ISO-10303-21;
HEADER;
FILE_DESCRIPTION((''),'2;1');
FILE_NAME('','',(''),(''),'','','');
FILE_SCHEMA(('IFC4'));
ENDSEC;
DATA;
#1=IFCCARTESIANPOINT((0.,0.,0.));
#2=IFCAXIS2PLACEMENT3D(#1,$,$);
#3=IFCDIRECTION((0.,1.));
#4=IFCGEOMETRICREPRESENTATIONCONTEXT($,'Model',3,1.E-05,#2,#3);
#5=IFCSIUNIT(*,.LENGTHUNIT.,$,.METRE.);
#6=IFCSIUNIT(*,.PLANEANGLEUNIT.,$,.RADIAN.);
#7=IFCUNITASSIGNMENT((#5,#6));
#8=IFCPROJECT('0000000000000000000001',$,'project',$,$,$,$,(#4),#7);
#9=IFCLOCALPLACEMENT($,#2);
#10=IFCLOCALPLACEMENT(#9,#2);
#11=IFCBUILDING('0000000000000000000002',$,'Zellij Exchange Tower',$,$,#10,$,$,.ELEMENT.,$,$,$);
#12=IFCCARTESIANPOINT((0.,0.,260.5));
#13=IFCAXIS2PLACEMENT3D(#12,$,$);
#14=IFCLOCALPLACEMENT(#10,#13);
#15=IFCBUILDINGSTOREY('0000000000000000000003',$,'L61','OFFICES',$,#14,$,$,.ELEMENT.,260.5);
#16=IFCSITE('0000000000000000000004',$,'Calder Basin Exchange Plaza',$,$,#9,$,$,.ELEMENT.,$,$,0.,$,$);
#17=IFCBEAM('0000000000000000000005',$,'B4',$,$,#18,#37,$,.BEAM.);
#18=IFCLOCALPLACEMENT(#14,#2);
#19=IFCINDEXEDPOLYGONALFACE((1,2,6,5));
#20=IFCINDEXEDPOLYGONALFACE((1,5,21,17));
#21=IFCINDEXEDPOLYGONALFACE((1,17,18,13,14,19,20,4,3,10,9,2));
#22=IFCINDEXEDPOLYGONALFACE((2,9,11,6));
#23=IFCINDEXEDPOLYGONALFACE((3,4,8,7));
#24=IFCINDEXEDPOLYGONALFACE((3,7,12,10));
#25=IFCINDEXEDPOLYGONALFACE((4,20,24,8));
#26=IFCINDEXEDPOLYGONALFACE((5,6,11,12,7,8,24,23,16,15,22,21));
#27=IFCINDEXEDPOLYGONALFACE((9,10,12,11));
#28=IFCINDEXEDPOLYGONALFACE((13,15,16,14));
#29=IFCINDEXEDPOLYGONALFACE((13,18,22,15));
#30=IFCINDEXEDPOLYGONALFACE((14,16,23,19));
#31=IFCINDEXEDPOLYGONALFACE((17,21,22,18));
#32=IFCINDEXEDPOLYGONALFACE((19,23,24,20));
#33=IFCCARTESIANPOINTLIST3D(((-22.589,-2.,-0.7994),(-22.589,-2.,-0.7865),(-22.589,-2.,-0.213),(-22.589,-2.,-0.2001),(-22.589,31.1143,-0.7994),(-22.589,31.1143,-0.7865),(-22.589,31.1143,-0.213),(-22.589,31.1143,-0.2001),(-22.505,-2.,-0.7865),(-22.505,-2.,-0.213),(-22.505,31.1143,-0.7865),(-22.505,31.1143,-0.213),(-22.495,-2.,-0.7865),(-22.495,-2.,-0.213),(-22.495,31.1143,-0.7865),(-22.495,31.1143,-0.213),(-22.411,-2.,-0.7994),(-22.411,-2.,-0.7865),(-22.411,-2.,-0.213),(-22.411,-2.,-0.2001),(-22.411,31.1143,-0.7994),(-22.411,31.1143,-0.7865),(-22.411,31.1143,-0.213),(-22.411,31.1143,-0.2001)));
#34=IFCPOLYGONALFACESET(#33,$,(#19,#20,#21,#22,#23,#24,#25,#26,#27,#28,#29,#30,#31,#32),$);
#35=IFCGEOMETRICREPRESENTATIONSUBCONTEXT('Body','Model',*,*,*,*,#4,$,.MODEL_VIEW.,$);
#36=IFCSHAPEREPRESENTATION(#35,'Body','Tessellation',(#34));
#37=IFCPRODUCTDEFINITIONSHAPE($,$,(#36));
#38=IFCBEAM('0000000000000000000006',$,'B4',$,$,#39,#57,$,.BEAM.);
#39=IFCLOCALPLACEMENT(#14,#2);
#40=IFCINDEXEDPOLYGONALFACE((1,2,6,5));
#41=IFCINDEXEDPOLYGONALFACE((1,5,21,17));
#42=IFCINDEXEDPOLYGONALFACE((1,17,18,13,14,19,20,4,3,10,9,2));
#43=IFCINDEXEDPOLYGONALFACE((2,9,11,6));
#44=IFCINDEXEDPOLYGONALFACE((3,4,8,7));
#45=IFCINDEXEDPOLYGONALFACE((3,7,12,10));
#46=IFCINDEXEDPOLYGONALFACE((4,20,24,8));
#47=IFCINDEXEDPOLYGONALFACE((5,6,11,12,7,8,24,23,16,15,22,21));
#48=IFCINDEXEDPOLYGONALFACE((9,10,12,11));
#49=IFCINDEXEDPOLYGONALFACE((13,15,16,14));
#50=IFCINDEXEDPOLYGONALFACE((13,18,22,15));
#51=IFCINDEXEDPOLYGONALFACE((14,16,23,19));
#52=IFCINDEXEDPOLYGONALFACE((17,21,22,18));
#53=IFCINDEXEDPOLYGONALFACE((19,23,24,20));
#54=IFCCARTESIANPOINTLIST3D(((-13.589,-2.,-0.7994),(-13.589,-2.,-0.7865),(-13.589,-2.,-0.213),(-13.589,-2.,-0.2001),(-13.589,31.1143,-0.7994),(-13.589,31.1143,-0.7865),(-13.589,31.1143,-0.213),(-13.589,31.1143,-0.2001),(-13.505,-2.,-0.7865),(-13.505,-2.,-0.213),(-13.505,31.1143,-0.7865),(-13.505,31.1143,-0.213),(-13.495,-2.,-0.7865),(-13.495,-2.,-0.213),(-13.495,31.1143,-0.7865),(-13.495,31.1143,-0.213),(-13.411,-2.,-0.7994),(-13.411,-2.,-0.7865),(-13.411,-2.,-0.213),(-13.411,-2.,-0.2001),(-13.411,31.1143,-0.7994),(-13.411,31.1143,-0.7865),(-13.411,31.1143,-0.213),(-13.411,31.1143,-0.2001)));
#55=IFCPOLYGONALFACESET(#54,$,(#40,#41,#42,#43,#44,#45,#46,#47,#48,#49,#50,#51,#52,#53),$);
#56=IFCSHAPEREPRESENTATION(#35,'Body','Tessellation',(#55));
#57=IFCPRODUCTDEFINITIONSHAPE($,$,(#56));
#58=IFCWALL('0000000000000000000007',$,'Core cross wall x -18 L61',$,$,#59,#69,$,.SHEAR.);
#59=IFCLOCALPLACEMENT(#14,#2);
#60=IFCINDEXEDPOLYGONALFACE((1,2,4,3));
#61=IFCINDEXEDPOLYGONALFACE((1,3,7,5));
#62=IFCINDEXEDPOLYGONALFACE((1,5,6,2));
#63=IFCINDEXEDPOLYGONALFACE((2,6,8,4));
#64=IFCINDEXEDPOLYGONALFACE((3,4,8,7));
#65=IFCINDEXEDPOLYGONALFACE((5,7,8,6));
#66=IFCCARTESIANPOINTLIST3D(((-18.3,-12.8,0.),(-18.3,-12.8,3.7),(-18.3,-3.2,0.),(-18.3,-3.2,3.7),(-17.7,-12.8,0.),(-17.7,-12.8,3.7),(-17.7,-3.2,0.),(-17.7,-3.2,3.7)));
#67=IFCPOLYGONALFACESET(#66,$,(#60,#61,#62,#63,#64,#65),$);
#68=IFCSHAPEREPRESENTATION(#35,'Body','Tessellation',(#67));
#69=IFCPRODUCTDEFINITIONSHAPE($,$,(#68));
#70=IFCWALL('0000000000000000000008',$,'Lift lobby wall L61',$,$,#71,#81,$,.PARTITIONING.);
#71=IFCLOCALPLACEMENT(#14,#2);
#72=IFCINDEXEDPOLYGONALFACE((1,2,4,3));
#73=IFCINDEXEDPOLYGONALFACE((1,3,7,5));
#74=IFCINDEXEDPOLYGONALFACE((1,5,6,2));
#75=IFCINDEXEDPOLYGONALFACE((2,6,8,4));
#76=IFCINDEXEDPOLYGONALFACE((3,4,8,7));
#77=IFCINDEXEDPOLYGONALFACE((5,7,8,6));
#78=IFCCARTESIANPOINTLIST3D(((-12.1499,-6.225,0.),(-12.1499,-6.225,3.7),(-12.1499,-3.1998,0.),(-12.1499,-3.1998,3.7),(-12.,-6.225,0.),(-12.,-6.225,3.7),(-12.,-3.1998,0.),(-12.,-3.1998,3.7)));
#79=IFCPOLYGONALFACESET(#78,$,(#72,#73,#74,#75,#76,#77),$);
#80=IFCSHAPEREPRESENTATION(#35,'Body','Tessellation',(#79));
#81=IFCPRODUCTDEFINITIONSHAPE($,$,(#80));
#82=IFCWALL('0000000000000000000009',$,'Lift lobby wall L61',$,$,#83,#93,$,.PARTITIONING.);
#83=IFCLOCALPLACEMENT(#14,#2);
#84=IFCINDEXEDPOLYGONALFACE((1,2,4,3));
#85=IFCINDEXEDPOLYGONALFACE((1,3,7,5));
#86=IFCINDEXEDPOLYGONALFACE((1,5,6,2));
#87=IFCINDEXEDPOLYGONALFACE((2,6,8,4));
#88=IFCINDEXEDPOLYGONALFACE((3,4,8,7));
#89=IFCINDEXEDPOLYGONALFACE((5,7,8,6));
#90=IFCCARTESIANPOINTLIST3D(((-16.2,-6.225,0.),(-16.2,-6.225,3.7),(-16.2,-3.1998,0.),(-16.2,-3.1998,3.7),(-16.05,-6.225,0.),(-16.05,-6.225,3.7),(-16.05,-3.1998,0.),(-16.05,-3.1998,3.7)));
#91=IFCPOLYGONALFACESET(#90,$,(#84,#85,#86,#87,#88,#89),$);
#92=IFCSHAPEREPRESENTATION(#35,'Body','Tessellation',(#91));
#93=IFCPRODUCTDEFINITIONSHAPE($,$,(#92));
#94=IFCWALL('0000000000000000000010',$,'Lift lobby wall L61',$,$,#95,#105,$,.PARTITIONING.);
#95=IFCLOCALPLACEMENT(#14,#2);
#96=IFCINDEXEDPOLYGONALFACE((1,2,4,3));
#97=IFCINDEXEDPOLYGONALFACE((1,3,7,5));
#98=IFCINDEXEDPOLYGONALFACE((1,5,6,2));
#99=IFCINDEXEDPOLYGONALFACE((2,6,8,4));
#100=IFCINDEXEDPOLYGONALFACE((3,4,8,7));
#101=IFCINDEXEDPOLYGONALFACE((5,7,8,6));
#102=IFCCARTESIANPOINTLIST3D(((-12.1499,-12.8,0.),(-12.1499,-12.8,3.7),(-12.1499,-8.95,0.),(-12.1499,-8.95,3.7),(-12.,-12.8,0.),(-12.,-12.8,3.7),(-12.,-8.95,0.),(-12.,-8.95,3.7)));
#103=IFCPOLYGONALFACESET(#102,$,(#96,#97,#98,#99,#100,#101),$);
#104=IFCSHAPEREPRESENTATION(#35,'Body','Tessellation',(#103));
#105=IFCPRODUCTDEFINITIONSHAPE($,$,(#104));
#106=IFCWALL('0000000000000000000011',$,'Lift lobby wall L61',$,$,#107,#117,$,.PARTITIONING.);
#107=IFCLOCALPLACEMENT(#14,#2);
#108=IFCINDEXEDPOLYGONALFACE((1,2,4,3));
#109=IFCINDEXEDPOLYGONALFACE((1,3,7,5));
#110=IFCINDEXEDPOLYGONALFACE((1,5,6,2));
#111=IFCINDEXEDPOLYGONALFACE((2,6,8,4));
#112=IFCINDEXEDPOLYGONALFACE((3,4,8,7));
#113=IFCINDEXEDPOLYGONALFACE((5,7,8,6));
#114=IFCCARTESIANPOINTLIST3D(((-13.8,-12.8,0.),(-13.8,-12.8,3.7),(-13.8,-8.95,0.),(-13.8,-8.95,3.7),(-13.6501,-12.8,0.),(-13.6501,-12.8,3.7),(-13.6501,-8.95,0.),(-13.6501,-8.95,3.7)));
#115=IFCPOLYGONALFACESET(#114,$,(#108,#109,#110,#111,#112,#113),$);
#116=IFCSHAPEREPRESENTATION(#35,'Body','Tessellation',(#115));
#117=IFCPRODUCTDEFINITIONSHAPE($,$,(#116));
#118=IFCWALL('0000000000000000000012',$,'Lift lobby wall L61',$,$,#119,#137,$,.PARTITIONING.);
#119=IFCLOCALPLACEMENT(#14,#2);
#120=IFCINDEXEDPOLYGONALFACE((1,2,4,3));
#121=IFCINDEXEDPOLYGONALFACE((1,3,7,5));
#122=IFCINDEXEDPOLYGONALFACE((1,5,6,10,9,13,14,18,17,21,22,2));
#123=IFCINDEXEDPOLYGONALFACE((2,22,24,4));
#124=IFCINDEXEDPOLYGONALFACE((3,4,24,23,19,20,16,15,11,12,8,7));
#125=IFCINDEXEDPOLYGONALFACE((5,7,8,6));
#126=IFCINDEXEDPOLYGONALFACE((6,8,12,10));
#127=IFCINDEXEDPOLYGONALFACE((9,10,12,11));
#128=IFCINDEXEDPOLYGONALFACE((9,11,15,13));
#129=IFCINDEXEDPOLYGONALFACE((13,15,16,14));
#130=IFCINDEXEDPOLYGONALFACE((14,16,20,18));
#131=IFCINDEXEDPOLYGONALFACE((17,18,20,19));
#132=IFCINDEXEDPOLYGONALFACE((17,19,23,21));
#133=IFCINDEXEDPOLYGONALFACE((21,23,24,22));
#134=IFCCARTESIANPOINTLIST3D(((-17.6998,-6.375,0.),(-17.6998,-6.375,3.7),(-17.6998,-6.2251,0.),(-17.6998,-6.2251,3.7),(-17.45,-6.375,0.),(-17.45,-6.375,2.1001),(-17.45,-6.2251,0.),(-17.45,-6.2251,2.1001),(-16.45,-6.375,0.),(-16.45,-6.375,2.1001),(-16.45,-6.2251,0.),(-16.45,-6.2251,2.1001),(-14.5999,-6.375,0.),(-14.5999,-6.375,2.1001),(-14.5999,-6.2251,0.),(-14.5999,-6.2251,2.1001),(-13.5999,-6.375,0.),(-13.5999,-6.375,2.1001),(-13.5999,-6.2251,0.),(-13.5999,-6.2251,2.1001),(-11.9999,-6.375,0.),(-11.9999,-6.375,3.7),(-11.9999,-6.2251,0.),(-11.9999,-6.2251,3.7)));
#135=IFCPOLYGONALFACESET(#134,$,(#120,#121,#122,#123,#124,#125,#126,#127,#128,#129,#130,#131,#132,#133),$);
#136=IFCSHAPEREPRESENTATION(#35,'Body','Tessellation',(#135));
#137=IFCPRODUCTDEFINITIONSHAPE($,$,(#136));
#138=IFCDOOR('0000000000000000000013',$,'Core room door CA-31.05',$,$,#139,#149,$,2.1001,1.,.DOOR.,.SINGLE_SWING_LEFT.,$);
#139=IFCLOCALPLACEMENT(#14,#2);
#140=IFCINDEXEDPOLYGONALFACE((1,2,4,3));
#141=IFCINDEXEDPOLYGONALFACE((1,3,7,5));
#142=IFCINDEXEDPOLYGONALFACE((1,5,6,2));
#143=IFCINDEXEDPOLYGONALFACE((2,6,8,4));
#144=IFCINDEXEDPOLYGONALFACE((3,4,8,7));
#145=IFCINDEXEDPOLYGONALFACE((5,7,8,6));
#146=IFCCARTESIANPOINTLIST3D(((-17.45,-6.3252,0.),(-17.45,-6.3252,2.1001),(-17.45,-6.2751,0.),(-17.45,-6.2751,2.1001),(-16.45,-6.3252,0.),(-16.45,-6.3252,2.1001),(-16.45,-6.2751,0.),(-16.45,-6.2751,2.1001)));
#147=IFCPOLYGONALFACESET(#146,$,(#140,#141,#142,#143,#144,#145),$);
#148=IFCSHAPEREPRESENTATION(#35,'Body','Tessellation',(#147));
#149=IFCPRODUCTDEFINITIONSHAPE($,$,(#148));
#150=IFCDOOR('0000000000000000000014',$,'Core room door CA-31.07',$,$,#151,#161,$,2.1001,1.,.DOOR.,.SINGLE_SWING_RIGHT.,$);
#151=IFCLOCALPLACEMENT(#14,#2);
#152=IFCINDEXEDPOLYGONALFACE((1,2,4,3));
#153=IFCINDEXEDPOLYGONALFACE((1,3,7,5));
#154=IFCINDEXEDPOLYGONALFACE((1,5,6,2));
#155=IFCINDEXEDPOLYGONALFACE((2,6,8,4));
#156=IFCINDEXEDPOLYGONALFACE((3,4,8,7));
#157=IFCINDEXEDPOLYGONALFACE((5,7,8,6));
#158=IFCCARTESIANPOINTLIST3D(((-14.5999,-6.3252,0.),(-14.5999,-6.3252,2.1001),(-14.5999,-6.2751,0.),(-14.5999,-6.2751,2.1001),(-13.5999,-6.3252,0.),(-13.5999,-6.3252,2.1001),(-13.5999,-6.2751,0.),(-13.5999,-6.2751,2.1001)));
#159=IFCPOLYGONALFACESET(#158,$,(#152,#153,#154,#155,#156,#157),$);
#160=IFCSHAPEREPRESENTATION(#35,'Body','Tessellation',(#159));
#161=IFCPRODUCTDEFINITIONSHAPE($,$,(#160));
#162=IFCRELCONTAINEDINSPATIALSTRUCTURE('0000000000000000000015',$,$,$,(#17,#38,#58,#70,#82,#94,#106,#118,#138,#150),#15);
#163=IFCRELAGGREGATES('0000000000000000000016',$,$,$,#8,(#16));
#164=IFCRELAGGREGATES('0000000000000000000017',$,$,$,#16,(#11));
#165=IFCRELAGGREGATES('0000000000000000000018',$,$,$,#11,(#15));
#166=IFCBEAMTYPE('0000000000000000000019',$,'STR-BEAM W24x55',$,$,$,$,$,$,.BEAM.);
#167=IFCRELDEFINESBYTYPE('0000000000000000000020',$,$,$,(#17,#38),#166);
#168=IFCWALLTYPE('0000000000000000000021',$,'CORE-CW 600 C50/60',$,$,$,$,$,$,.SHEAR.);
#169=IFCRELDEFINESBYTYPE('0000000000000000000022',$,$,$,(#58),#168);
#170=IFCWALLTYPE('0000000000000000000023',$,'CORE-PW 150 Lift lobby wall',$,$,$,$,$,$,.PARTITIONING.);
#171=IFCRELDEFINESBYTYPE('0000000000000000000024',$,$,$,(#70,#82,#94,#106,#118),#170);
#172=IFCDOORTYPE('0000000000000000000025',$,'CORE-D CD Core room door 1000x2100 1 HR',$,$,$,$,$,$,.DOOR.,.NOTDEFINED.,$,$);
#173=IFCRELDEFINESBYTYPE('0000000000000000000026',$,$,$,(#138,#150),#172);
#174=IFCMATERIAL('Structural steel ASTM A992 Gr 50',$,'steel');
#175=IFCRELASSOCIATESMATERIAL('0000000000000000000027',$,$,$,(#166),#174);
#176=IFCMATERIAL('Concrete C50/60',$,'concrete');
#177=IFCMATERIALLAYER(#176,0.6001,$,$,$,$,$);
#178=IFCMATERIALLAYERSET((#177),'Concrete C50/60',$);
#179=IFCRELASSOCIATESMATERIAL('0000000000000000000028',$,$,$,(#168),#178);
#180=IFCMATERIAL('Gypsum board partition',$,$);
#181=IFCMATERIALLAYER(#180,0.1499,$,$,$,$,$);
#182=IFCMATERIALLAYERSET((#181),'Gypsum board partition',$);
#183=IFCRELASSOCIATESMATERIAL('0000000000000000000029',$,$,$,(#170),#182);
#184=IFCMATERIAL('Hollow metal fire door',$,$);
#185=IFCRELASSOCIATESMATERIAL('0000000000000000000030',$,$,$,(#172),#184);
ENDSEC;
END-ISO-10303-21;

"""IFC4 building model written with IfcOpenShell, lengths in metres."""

from ifc_helpers import new_model, si_unit, direction, frame, frame_2d, origin, origin_2d, place, context, subcontext, project, spatial, rectangle, i_section, extrude, material, layer, layer_set, material_profile, profile_set, type_object, element, fill, save


model = new_model("IFC4")

# Units and contexts
model_context = context("Model", 3, precision=1e-05, world=origin(), true_north=direction((0.0, 1.0)))
body_context = subcontext(model_context, "Body", "Model", "MODEL_VIEW")
ifc_project = project(units=[si_unit("LENGTHUNIT", "METRE"), si_unit("PLANEANGLEUNIT", "RADIAN")], contexts=[model_context])

# Site, building, storey
site_placement = place(None, origin())
site = spatial("IfcSite", under=ifc_project, at=site_placement, Name="Calder Basin Exchange Plaza", CompositionType="ELEMENT", RefElevation=0.0)
building_placement = place(site_placement, origin())
building = spatial("IfcBuilding", under=site, at=building_placement, Name="Zellij Exchange Tower", CompositionType="ELEMENT")
storey_placement = place(building_placement, frame((0.0, 0.0, 260.5)))
storey = spatial("IfcBuildingStorey", under=building, at=storey_placement, Name="L61", Description="OFFICES", CompositionType="ELEMENT", Elevation=260.5)

# Beams
ifc_material_1 = material(Name="Structural steel ASTM A992 Gr 50", Category="steel")
ifc_material_profile = material_profile(ifc_material_1, i_section(OverallWidth=0.178, OverallDepth=0.5994, WebThickness=0.01, FlangeThickness=0.0129, at=origin_2d()), Name="W24x55")
ifc_profile_set = profile_set([ifc_material_profile], Name="Structural steel ASTM A992 Gr 50")
beam_type = type_object("IfcBeamType", Name="STR-BEAM W24x55", PredefinedType="BEAM", material=ifc_profile_set)
for number, where, z_axis, x_axis, name in (
    (1, (-22.5, -2.0, -0.4998), (0.0, 1.0, 0.0), (-1.0, 0.0, 0.0), "B4"),
    (2, (-13.5, -2.0, -0.4998), (0.0, 1.0, 0.0), (-1.0, 0.0, 0.0), "B4"),
):
    element("IfcBeam", number, at=place(storey_placement, frame(where, z_axis=z_axis, x_axis=x_axis)), inside=storey, type_object=beam_type, Name=name, PredefinedType="BEAM", context=body_context, shape_type="SweptSolid", body=[
        extrude(i_section(OverallWidth=0.178, OverallDepth=0.5994, WebThickness=0.01, FlangeThickness=0.0129, at=origin_2d()), origin(), (0.0, 0.0, 1.0), 33.1143),
    ])

# Walls
ifc_material_2 = material(Name="Concrete C50/60", Category="concrete")
ifc_layer_1 = layer(ifc_material_2, 0.6001)
ifc_layer_set_1 = layer_set([ifc_layer_1], Name="Concrete C50/60")
wall_type_1 = type_object("IfcWallType", Name="CORE-CW 600 C50/60", PredefinedType="SHEAR", material=ifc_layer_set_1)
wall_1_placement = place(storey_placement, frame((-18.0, -12.8, 0.0), z_axis=(0.0, 0.0, 1.0), x_axis=(0.0, 1.0, 0.0)))
element("IfcWall", 3, at=wall_1_placement, inside=storey, type_object=wall_type_1, Name="Core cross wall x -18 L61", PredefinedType="SHEAR", context=body_context, shape_type="SweptSolid", body=[
    extrude(rectangle(XDim=9.6001, YDim=0.6001, at=frame_2d((4.8, 0.0))), origin(), (0.0, 0.0, 1.0), 3.7),
])
ifc_material_3 = material(Name="Gypsum board partition")
ifc_layer_2 = layer(ifc_material_3, 0.1499)
ifc_layer_set_2 = layer_set([ifc_layer_2], Name="Gypsum board partition")
wall_type_2 = type_object("IfcWallType", Name="CORE-PW 150 Lift lobby wall", PredefinedType="PARTITIONING", material=ifc_layer_set_2)
for number, where, z_axis, x_axis, name in (
    (4, (-12.075, -6.2251, 0.0), (0.0, 0.0, 1.0), (0.0, 1.0, 0.0), "Lift lobby wall L61"),
    (5, (-16.125, -6.2251, 0.0), (0.0, 0.0, 1.0), (0.0, 1.0, 0.0), "Lift lobby wall L61"),
):
    element("IfcWall", number, at=place(storey_placement, frame(where, z_axis=z_axis, x_axis=x_axis)), inside=storey, type_object=wall_type_2, Name=name, PredefinedType="PARTITIONING", context=body_context, shape_type="SweptSolid", body=[
        extrude(rectangle(XDim=3.0251, YDim=0.1499, at=frame_2d((1.5127, 0.0))), origin(), (0.0, 0.0, 1.0), 3.7),
    ])
for number, where, z_axis, x_axis, name in (
    (6, (-12.075, -12.8, 0.0), (0.0, 0.0, 1.0), (0.0, 1.0, 0.0), "Lift lobby wall L61"),
    (7, (-13.7251, -12.8, 0.0), (0.0, 0.0, 1.0), (0.0, 1.0, 0.0), "Lift lobby wall L61"),
):
    element("IfcWall", number, at=place(storey_placement, frame(where, z_axis=z_axis, x_axis=x_axis)), inside=storey, type_object=wall_type_2, Name=name, PredefinedType="PARTITIONING", context=body_context, shape_type="SweptSolid", body=[
        extrude(rectangle(XDim=3.8501, YDim=0.1499, at=frame_2d((1.925, 0.0))), origin(), (0.0, 0.0, 1.0), 3.7),
    ])

# Wall, openings, doors
wall_2_placement = place(storey_placement, frame((-17.7, -6.3, 0.0), z_axis=(0.0, 0.0, 1.0), x_axis=(1.0, 0.0, 0.0)))
wall_2 = element("IfcWall", 8, at=wall_2_placement, inside=storey, type_object=wall_type_2, Name="Lift lobby wall L61", PredefinedType="PARTITIONING", context=body_context, shape_type="SweptSolid", body=[
    extrude(rectangle(XDim=5.7, YDim=0.1499, at=frame_2d((2.8501, 0.0))), origin(), (0.0, 0.0, 1.0), 3.7),
])
opening_1_placement = place(wall_2_placement, frame((0.25, 0.0, 0.0)))
opening_1 = element("IfcOpeningElement", 9, at=opening_1_placement, cuts=wall_2, PredefinedType="OPENING", context=body_context, shape_type="SweptSolid", body=[
    extrude(rectangle(XDim=1.0, YDim=2.1001, at=frame_2d((0.5, 1.05))), frame((0.0, 0.0869, 0.0), z_axis=(0.0, -1.0, 0.0), x_axis=(1.0, 0.0, 0.0)), (0.0, 0.0, 1.0), 0.1738),
])
opening_2_placement = place(wall_2_placement, frame((3.1001, 0.0, 0.0)))
opening_2 = element("IfcOpeningElement", 10, at=opening_2_placement, cuts=wall_2, PredefinedType="OPENING", context=body_context, shape_type="SweptSolid", body=[
    extrude(rectangle(XDim=1.0, YDim=2.1001, at=frame_2d((0.5, 1.05))), frame((0.0, 0.0869, 0.0), z_axis=(0.0, -1.0, 0.0), x_axis=(1.0, 0.0, 0.0)), (0.0, 0.0, 1.0), 0.1738),
])
ifc_material_4 = material(Name="Hollow metal fire door")
door_type_1 = type_object("IfcDoorType", Name="CORE-D CD Core room door 1000x2100 1 HR", OperationType="NOTDEFINED", PredefinedType="DOOR", material=ifc_material_4)
door_1_placement = place(opening_1_placement, origin())
door_1 = element("IfcDoor", 11, at=door_1_placement, inside=storey, type_object=door_type_1, Name="Core room door CA-31.05", OperationType="SINGLE_SWING_LEFT", OverallHeight=2.1001, OverallWidth=1.0, PredefinedType="DOOR", context=body_context, shape_type="SweptSolid", body=[
    extrude(rectangle(XDim=1.0, YDim=2.1001, at=frame_2d((0.5, 1.05))), frame((0.0, 0.0249, 0.0), z_axis=(0.0, -1.0, 0.0), x_axis=(1.0, 0.0, 0.0)), (0.0, 0.0, 1.0), 0.05),
])
fill(opening_1, door_1)
door_2_placement = place(opening_2_placement, origin())
door_2 = element("IfcDoor", 12, at=door_2_placement, inside=storey, type_object=door_type_1, Name="Core room door CA-31.07", OperationType="SINGLE_SWING_RIGHT", OverallHeight=2.1001, OverallWidth=1.0, PredefinedType="DOOR", context=body_context, shape_type="SweptSolid", body=[
    extrude(rectangle(XDim=1.0, YDim=2.1001, at=frame_2d((0.5, 1.05))), frame((0.0, 0.0249, 0.0), z_axis=(0.0, -1.0, 0.0), x_axis=(1.0, 0.0, 0.0)), (0.0, 0.0, 1.0), 0.05),
])
fill(opening_2, door_2)

save(model, "model.ifc")
